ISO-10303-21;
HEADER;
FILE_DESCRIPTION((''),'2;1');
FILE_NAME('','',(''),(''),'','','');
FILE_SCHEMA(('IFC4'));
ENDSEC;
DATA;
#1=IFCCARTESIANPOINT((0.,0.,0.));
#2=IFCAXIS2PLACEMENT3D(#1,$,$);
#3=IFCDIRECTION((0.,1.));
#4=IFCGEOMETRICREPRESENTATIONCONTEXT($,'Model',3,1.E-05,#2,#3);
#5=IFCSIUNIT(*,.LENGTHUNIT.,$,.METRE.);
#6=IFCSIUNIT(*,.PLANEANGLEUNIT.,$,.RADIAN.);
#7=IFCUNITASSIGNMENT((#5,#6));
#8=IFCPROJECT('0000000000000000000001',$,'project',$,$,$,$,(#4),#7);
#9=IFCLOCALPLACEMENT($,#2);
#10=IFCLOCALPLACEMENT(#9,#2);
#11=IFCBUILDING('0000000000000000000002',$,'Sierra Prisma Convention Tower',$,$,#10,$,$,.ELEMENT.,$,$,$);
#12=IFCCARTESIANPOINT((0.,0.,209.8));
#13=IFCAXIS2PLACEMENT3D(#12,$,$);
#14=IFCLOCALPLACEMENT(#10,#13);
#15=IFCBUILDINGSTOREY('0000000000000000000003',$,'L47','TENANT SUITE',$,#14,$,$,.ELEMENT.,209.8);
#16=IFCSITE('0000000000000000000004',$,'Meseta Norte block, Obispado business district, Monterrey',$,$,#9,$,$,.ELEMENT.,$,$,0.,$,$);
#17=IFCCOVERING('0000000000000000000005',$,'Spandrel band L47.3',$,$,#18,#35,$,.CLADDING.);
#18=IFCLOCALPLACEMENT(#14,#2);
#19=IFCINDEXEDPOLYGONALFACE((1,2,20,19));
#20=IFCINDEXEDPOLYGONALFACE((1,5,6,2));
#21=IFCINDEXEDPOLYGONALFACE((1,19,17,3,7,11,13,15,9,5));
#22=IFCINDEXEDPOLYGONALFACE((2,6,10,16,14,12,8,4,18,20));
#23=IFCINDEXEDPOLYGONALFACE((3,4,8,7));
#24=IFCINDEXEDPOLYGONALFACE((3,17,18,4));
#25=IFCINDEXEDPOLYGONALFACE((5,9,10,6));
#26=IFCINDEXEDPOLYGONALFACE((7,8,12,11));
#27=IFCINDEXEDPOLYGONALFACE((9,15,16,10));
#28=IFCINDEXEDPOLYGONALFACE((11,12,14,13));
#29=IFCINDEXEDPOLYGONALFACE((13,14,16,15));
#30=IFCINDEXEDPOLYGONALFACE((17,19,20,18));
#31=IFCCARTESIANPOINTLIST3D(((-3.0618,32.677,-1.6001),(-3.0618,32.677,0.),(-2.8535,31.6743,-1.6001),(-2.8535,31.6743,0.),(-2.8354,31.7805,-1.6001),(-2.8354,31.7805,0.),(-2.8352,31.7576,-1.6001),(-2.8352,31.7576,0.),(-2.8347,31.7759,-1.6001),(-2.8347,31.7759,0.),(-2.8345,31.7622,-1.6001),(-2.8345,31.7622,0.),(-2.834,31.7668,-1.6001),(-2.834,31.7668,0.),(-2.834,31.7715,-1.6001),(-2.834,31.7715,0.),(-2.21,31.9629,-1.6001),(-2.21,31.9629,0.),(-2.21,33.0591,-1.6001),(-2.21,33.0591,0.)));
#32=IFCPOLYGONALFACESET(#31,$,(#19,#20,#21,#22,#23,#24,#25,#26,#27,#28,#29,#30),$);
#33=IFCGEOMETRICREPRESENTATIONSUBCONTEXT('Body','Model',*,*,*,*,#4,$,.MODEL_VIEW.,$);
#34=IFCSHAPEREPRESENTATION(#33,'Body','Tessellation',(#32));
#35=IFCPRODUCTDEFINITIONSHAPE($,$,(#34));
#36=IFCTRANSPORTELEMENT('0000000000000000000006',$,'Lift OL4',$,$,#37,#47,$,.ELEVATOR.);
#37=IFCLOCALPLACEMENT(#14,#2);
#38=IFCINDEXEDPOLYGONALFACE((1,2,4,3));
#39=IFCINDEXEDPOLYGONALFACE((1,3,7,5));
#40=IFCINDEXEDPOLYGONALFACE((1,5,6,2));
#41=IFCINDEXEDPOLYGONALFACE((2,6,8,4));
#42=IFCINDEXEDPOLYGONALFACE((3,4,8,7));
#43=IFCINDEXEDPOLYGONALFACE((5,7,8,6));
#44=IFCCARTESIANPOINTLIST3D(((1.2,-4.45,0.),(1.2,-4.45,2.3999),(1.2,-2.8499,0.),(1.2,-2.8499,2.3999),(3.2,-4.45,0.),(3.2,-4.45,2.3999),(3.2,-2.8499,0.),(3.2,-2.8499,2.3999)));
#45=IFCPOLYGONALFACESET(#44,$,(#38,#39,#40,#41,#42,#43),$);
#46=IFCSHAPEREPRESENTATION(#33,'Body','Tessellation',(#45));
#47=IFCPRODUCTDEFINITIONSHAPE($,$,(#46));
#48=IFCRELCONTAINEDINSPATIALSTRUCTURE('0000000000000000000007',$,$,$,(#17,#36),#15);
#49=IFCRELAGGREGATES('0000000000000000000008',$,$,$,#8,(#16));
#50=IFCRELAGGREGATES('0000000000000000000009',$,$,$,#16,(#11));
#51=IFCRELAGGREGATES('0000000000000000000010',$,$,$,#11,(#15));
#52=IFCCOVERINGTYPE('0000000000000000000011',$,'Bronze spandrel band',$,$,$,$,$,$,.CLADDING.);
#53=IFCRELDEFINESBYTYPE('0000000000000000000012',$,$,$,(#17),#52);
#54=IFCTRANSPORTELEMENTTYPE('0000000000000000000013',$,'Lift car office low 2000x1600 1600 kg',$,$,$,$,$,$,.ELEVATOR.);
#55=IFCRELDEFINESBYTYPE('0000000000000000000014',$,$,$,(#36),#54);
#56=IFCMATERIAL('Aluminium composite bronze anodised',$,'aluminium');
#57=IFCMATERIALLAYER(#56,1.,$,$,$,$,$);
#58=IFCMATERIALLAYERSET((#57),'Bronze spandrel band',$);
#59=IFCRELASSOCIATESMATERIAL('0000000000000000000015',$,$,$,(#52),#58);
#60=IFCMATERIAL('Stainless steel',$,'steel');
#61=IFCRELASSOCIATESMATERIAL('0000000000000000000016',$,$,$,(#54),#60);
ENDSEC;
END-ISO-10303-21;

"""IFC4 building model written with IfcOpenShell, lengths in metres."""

from ifc_helpers import new_model, si_unit, direction, frame, origin, origin_2d, place, context, subcontext, project, spatial, polyline, rectangle, outline, extrude, material, layer, layer_set, type_object, element, save


model = new_model("IFC4")

# Units and contexts
model_context = context("Model", 3, precision=1e-05, world=origin(), true_north=direction((0.0, 1.0)))
body_context = subcontext(model_context, "Body", "Model", "MODEL_VIEW")
ifc_project = project(units=[si_unit("LENGTHUNIT", "METRE"), si_unit("PLANEANGLEUNIT", "RADIAN")], contexts=[model_context])

# Site, building, storey
site_placement = place(None, origin())
site = spatial("IfcSite", under=ifc_project, at=site_placement, Name="Meseta Norte block, Obispado business district, Monterrey", CompositionType="ELEMENT", RefElevation=0.0)
building_placement = place(site_placement, origin())
building = spatial("IfcBuilding", under=site, at=building_placement, Name="Sierra Prisma Convention Tower", CompositionType="ELEMENT")
storey_placement = place(building_placement, frame((0.0, 0.0, 209.8)))
storey = spatial("IfcBuildingStorey", under=building, at=storey_placement, Name="L47", Description="TENANT SUITE", CompositionType="ELEMENT", Elevation=209.8)

# Covering
ifc_material_1 = material(Name="Aluminium composite bronze anodised", Category="aluminium")
ifc_layer_1 = layer(ifc_material_1, 1.0)
ifc_layer_set_1 = layer_set([ifc_layer_1], Name="Bronze spandrel band")
covering_type = type_object("IfcCoveringType", Name="Bronze spandrel band", PredefinedType="CLADDING", material=ifc_layer_set_1)
covering_1_placement = place(storey_placement, frame((0.0, 0.0, -1.6001)))
element("IfcCovering", 1, at=covering_1_placement, inside=storey, type_object=covering_type, Name="Spandrel band L47.3", PredefinedType="CLADDING", context=body_context, shape_type="SweptSolid", body=[
    extrude(outline(polyline([(-2.8345, 31.7622), (-2.834, 31.7668), (-2.834, 31.7715), (-2.8347, 31.7759), (-2.8354, 31.7805), (-3.0618, 32.677), (-2.21, 33.0591), (-2.21, 31.9629), (-2.8535, 31.6743), (-2.8352, 31.7576), (-2.8345, 31.7622)])), origin(), (0.0, 0.0, 1.0), 1.6001),
])

# Transport element
ifc_material_2 = material(Name="Stainless steel", Category="steel")
transport_element_type = type_object("IfcTransportElementType", Name="Lift car office low 2000x1600 1600 kg", PredefinedType="ELEVATOR", material=ifc_material_2)
transport_element_placement = place(storey_placement, frame((2.2, -3.6499, 0.0), z_axis=(0.0, 0.0, 1.0), x_axis=(1.0, 0.0, 0.0)))
element("IfcTransportElement", 2, at=transport_element_placement, inside=storey, type_object=transport_element_type, Name="Lift OL4", PredefinedType="ELEVATOR", context=body_context, shape_type="SweptSolid", body=[
    extrude(rectangle(XDim=2.0, YDim=1.6001, at=origin_2d()), origin(), (0.0, 0.0, 1.0), 2.3999),
])

save(model, "model.ifc")
